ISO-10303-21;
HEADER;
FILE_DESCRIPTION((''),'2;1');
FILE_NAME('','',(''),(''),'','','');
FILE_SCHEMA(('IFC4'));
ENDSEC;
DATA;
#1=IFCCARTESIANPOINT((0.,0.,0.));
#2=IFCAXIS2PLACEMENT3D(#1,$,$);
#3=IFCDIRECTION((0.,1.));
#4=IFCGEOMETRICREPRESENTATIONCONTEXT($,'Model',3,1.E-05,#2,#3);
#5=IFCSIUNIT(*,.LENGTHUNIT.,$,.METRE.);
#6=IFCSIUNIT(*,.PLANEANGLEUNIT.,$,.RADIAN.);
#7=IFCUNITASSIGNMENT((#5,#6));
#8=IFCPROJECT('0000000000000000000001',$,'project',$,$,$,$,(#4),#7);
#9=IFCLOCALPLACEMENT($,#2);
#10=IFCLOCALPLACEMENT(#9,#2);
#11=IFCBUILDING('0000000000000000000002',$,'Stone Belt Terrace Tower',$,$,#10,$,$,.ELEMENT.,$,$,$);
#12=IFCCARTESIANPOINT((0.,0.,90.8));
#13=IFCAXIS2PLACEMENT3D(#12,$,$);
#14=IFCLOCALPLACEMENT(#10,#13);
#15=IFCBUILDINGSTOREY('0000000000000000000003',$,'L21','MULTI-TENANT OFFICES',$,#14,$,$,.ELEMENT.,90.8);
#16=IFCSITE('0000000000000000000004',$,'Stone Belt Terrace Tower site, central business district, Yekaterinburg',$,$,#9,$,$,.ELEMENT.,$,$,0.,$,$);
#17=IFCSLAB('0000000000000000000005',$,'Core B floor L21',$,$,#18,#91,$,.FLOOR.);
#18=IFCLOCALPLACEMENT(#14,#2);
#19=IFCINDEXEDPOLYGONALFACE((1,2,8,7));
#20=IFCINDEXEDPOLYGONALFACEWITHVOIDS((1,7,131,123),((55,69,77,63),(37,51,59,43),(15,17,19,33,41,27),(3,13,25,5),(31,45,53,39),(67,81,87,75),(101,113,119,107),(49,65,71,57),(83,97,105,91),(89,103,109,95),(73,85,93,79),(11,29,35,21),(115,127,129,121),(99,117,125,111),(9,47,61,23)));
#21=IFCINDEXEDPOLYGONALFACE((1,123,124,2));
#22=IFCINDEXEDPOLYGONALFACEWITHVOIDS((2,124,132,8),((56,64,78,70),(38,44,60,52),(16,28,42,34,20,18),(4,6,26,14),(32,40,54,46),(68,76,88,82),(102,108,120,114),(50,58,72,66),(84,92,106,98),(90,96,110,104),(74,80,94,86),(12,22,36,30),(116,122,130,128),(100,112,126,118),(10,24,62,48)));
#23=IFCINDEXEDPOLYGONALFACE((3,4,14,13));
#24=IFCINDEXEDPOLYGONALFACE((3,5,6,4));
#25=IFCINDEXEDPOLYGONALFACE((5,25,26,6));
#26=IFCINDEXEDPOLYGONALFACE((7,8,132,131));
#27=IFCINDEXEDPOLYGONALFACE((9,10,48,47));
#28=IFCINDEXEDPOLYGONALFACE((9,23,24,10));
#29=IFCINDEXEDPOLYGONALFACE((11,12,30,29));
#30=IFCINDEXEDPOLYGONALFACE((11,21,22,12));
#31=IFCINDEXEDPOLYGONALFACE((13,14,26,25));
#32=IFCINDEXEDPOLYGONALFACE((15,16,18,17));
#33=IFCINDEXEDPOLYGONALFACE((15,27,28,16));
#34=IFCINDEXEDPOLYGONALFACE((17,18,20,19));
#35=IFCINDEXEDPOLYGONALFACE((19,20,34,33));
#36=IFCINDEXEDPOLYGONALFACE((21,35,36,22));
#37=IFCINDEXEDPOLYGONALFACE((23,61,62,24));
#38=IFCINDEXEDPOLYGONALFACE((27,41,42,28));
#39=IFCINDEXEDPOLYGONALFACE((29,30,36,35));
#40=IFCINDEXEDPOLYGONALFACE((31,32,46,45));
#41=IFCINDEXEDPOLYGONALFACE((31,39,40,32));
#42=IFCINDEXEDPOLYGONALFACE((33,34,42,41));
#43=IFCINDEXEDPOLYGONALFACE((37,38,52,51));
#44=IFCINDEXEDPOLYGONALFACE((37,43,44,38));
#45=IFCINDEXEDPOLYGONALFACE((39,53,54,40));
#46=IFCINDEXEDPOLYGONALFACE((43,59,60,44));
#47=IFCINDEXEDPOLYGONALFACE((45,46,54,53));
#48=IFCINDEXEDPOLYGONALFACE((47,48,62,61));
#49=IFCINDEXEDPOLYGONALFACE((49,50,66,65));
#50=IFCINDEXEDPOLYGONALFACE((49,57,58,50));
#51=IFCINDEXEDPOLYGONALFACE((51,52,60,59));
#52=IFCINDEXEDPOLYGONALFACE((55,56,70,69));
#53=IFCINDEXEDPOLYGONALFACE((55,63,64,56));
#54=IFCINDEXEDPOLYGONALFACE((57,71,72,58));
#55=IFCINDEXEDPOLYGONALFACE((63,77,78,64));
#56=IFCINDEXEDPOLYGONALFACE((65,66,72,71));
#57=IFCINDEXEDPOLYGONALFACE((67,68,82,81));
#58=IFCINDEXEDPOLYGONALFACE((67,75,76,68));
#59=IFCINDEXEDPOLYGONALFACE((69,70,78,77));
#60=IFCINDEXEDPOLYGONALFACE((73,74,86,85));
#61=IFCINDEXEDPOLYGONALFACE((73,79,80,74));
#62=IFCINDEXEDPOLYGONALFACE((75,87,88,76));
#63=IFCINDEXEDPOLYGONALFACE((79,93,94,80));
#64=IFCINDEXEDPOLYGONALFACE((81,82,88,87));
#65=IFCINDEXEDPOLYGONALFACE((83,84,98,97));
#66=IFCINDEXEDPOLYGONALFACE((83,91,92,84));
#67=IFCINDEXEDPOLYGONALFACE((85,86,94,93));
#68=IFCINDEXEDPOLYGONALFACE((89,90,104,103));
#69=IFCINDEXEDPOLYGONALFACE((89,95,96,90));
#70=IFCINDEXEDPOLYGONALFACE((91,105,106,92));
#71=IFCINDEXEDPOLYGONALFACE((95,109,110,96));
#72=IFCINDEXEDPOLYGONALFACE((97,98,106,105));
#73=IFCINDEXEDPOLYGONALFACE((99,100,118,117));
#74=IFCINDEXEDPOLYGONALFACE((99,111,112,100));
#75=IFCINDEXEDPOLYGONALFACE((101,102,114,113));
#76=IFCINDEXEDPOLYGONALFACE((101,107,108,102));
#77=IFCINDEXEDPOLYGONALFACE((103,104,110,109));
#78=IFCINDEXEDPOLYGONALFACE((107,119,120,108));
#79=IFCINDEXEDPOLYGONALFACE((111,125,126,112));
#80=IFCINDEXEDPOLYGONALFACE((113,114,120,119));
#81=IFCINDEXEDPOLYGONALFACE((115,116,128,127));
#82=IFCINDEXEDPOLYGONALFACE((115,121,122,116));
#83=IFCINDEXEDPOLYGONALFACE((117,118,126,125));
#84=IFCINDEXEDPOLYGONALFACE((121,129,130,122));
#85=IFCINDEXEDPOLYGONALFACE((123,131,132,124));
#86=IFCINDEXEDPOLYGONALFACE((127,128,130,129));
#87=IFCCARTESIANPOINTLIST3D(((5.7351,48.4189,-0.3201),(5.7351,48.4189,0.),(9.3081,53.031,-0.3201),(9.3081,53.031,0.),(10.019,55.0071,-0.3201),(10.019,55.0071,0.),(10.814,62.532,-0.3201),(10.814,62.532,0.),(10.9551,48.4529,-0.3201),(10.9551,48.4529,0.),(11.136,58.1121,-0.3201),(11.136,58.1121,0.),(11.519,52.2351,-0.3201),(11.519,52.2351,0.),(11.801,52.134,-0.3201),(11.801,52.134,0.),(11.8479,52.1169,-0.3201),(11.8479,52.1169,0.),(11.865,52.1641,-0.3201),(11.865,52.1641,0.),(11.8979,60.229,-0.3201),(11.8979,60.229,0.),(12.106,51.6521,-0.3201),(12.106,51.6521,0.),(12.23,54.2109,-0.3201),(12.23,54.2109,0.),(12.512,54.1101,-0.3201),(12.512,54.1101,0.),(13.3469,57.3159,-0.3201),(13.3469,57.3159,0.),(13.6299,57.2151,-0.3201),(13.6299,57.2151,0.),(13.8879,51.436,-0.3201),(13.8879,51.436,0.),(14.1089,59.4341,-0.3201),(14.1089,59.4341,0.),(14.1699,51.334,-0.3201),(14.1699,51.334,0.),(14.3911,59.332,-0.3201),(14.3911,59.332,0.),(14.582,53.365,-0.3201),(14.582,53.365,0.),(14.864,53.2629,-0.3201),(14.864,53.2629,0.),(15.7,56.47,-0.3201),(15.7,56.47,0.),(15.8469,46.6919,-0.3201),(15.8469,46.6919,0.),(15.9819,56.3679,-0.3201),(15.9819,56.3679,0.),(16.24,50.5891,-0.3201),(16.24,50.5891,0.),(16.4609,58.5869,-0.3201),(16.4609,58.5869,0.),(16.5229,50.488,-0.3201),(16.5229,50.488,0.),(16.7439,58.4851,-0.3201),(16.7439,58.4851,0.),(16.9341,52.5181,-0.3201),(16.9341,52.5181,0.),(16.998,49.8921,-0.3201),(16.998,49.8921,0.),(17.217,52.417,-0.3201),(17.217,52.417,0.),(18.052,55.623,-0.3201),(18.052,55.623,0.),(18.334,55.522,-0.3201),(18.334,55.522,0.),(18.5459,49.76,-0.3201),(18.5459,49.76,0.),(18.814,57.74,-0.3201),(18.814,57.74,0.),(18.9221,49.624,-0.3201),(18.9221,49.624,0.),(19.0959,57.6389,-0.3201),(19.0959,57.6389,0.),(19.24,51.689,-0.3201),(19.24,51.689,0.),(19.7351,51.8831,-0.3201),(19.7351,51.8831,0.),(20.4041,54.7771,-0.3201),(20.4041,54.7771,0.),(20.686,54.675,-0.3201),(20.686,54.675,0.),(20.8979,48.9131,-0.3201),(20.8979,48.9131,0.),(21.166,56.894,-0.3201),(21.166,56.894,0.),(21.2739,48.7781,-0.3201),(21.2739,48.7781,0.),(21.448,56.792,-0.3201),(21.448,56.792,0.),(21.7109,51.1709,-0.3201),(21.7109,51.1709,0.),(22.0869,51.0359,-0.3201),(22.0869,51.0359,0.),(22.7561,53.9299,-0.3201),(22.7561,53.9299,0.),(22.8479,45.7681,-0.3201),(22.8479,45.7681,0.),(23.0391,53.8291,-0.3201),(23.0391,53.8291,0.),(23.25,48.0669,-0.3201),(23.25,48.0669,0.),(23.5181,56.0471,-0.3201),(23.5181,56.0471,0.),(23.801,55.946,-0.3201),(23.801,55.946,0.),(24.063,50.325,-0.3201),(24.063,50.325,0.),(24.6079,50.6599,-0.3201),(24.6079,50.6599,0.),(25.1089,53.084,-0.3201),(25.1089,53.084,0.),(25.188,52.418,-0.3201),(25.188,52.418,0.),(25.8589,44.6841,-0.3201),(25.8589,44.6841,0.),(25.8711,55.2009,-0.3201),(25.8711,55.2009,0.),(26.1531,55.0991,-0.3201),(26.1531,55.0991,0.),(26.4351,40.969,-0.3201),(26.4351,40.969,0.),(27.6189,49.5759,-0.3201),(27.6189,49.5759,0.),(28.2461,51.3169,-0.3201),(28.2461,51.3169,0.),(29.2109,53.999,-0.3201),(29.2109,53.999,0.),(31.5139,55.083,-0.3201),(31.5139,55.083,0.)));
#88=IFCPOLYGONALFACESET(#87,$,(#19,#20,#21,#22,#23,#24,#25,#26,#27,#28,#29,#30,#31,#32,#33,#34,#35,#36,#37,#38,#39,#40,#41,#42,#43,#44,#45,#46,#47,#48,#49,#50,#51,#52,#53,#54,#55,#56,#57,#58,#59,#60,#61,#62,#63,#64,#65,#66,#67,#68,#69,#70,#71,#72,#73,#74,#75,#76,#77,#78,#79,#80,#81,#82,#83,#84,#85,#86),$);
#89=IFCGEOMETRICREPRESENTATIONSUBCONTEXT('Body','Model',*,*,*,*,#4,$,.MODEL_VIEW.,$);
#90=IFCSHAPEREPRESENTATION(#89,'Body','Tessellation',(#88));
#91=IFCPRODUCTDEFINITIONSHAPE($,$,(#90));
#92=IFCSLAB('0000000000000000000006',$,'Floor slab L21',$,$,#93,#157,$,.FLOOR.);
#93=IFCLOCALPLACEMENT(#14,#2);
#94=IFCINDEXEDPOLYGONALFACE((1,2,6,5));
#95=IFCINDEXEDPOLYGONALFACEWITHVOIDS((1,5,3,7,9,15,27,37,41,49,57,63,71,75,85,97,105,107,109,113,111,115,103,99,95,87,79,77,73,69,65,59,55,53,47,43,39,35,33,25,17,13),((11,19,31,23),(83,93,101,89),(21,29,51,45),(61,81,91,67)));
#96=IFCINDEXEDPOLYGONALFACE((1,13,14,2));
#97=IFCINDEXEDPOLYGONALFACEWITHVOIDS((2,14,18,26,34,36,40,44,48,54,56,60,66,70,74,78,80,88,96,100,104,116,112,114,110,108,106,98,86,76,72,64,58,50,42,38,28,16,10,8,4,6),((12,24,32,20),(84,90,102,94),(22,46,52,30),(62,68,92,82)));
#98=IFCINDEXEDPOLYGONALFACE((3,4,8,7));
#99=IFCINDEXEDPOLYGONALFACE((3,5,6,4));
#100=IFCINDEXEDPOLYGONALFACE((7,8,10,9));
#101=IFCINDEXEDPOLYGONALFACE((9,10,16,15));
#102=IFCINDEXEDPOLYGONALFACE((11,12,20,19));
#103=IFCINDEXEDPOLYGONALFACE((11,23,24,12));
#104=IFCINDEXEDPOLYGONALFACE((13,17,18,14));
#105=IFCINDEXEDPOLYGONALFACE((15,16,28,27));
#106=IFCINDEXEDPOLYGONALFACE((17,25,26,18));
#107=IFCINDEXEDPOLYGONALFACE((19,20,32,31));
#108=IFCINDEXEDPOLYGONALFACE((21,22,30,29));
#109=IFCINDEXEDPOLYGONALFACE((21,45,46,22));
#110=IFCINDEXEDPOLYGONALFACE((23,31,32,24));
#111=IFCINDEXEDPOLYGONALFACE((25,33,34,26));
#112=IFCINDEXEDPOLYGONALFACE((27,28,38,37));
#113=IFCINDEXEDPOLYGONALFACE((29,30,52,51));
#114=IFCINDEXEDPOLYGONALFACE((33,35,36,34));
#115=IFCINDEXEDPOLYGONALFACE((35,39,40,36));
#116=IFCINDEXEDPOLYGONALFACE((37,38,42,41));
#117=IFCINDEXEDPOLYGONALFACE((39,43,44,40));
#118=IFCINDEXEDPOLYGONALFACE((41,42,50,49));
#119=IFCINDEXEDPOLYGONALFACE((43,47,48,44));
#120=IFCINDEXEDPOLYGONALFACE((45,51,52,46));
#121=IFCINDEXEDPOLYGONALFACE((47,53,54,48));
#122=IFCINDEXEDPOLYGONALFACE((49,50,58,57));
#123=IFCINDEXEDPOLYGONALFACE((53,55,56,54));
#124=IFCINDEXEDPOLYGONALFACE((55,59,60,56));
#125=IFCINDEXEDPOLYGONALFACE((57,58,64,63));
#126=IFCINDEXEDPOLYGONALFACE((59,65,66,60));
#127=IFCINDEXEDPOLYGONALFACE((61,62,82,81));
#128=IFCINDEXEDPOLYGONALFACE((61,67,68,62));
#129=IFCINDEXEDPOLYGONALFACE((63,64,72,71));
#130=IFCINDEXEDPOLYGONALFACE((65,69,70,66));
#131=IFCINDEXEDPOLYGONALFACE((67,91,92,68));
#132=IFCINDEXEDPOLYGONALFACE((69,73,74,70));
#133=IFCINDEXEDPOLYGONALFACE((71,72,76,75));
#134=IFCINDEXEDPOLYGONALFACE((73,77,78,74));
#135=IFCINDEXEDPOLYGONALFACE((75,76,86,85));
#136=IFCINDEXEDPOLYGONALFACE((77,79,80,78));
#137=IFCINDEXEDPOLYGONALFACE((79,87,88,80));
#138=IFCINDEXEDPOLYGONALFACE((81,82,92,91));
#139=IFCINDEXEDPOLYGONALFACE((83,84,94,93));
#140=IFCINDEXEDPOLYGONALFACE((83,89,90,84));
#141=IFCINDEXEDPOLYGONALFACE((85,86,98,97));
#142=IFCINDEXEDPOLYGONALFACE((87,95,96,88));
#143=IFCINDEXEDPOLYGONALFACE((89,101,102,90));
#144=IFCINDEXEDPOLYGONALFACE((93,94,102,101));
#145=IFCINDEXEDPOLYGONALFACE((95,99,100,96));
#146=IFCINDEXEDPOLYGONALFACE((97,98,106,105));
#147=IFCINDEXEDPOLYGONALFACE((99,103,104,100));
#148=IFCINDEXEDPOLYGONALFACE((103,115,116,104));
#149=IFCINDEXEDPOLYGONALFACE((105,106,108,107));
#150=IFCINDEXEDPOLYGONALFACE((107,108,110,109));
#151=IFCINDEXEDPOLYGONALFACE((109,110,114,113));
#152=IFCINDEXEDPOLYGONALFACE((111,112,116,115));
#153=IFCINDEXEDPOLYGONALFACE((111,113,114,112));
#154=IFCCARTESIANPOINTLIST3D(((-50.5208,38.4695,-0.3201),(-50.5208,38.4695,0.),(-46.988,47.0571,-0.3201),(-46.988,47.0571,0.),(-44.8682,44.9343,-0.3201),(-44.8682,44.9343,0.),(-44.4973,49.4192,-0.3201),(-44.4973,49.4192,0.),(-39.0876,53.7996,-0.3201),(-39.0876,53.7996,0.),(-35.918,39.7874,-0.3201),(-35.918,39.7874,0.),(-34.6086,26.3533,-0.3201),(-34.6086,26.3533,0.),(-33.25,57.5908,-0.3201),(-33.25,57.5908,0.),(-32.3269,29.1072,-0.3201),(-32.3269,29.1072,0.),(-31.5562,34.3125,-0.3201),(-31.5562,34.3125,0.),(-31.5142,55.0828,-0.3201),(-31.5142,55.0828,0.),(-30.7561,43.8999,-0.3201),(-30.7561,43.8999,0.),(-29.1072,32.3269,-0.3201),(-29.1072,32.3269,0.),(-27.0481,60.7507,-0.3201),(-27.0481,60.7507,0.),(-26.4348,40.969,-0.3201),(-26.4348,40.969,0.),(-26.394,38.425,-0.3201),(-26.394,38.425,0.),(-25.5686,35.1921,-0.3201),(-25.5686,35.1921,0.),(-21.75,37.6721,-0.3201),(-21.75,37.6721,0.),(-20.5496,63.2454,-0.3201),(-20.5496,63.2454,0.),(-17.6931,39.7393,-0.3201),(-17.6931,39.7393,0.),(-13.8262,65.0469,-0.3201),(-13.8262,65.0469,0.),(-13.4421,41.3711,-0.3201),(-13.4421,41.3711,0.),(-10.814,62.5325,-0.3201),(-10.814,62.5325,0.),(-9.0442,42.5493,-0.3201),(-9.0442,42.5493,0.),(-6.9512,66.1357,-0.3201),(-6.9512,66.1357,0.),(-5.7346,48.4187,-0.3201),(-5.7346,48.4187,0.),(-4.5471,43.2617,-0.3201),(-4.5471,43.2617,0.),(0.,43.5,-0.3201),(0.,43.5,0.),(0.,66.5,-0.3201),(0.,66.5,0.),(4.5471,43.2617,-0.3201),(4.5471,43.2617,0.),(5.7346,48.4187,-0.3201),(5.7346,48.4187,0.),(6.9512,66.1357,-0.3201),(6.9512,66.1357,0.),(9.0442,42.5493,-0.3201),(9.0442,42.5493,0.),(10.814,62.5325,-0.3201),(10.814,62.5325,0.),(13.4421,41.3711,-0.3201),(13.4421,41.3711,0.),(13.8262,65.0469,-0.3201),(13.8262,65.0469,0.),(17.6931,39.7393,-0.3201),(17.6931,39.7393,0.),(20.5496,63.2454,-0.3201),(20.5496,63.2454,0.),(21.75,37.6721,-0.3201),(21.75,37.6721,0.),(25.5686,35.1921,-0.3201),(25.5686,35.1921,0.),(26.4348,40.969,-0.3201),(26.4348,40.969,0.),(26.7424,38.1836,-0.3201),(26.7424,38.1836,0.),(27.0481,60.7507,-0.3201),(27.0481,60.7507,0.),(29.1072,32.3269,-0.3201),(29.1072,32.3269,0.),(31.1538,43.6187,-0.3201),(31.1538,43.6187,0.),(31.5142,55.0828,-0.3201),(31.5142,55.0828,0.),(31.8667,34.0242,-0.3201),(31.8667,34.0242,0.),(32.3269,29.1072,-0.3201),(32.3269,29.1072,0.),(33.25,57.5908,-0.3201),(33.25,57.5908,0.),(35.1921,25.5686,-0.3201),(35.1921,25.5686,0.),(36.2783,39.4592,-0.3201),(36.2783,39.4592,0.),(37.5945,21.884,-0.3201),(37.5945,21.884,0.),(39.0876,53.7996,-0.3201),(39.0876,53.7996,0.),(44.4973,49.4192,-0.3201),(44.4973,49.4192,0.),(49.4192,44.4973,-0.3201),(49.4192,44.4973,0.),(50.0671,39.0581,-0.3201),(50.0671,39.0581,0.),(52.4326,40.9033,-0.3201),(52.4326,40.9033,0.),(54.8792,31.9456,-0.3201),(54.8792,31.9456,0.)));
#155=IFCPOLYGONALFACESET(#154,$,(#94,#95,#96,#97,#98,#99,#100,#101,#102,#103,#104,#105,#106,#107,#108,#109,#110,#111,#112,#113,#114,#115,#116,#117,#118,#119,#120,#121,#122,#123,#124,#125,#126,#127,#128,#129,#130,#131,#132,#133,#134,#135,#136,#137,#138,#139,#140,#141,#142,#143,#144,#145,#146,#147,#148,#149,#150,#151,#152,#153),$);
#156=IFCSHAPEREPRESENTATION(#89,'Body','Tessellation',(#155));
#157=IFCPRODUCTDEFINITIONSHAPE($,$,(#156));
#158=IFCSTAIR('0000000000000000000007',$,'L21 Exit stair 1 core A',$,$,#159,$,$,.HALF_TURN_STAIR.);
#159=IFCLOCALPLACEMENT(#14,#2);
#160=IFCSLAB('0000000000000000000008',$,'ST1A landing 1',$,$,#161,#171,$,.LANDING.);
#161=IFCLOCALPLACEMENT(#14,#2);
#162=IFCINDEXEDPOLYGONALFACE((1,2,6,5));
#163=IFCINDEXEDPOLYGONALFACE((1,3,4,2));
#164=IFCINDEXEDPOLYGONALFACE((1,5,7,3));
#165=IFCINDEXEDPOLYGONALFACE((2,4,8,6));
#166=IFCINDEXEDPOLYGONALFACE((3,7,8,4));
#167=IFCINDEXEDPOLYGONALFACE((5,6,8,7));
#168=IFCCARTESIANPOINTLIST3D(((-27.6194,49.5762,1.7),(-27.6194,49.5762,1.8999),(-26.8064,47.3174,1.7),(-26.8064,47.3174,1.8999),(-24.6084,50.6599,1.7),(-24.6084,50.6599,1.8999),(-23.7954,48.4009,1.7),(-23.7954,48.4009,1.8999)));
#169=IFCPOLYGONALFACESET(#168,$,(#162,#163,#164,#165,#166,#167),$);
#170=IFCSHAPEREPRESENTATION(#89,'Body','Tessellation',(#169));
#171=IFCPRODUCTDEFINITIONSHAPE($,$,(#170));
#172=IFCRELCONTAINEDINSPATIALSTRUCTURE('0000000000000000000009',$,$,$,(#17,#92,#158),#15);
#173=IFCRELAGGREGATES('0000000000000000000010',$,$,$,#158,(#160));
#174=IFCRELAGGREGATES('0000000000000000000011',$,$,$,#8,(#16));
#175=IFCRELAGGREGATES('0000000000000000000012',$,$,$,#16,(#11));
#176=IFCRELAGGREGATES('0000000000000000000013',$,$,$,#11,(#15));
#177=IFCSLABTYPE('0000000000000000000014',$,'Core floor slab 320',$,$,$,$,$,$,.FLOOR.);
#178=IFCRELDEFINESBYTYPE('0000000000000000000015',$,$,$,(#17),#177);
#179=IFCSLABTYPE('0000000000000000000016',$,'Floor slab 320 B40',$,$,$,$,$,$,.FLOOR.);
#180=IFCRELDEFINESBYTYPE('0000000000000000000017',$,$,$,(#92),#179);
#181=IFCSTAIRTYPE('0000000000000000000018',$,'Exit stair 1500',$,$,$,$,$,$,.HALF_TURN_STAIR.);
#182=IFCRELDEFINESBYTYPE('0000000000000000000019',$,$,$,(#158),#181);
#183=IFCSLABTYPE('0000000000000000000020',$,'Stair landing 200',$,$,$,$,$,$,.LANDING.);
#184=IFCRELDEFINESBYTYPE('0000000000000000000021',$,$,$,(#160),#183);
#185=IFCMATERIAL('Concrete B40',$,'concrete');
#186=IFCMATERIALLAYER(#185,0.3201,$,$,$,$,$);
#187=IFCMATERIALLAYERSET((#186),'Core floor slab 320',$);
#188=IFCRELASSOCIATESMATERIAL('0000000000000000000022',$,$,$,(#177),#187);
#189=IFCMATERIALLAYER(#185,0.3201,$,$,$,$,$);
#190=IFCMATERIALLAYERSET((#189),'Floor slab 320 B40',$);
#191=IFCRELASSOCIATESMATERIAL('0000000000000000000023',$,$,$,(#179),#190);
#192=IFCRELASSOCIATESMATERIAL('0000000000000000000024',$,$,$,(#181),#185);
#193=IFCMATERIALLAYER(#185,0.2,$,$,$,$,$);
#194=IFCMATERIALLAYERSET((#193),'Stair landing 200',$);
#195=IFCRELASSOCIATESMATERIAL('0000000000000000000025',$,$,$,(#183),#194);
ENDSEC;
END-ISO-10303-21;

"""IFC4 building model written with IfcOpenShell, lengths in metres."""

from ifc_helpers import new_model, si_unit, direction, frame, origin, place, context, subcontext, project, spatial, polyline, outline, extrude, material, layer, layer_set, type_object, element, aggregate, save


model = new_model("IFC4")

# Units and contexts
model_context = context("Model", 3, precision=1e-05, world=origin(), true_north=direction((0.0, 1.0)))
body_context = subcontext(model_context, "Body", "Model", "MODEL_VIEW")
ifc_project = project(units=[si_unit("LENGTHUNIT", "METRE"), si_unit("PLANEANGLEUNIT", "RADIAN")], contexts=[model_context])

# Site, building, storey
site_placement = place(None, origin())
site = spatial("IfcSite", under=ifc_project, at=site_placement, Name="Stone Belt Terrace Tower site, central business district, Yekaterinburg", CompositionType="ELEMENT", RefElevation=0.0)
building_placement = place(site_placement, origin())
building = spatial("IfcBuilding", under=site, at=building_placement, Name="Stone Belt Terrace Tower", CompositionType="ELEMENT")
storey_placement = place(building_placement, frame((0.0, 0.0, 90.8)))
storey = spatial("IfcBuildingStorey", under=building, at=storey_placement, Name="L21", Description="MULTI-TENANT OFFICES", CompositionType="ELEMENT", Elevation=90.8)

# Slabs
ifc_material_1 = material(Name="Concrete B40", Category="concrete")
ifc_layer_1 = layer(ifc_material_1, 0.3201)
ifc_layer_set_1 = layer_set([ifc_layer_1], Name="Core floor slab 320")
slab_type_1 = type_object("IfcSlabType", Name="Core floor slab 320", PredefinedType="FLOOR", material=ifc_layer_set_1)
slab_1_placement = place(storey_placement, frame((0.0, 0.0, -0.3201)))
element("IfcSlab", 1, at=slab_1_placement, inside=storey, type_object=slab_type_1, Name="Core B floor L21", PredefinedType="FLOOR", context=body_context, shape_type="SweptSolid", body=[
    extrude(outline(polyline([(26.4351, 40.969), (31.5139, 55.083), (10.814, 62.532), (5.7351, 48.4189), (26.4351, 40.969)]), holes=[polyline([(12.106, 51.6521), (16.998, 49.8921), (15.8469, 46.6919), (10.9551, 48.4529), (12.106, 51.6521)]), polyline([(19.24, 51.689), (18.5459, 49.76), (16.5229, 50.488), (17.217, 52.417), (19.24, 51.689)]), polyline([(16.24, 50.5891), (14.1699, 51.334), (14.864, 53.2629), (16.9341, 52.5181), (16.24, 50.5891)]), polyline([(14.582, 53.365), (13.8879, 51.436), (11.865, 52.1641), (11.8479, 52.1169), (11.801, 52.134), (12.512, 54.1101), (14.582, 53.365)]), polyline([(9.3081, 53.031), (10.019, 55.0071), (12.23, 54.2109), (11.519, 52.2351), (9.3081, 53.031)]), polyline([(16.7439, 58.4851), (18.814, 57.74), (18.052, 55.623), (15.9819, 56.3679), (16.7439, 58.4851)]), polyline([(14.3911, 59.332), (16.4609, 58.5869), (15.7, 56.47), (13.6299, 57.2151), (14.3911, 59.332)]), polyline([(11.8979, 60.229), (14.1089, 59.4341), (13.3469, 57.3159), (11.136, 58.1121), (11.8979, 60.229)]), polyline([(25.8589, 44.6841), (22.8479, 45.7681), (24.6079, 50.6599), (27.6189, 49.5759), (25.8589, 44.6841)]), polyline([(21.2739, 48.7781), (22.0869, 51.0359), (24.063, 50.325), (23.25, 48.0669), (21.2739, 48.7781)]), polyline([(18.9221, 49.624), (19.7351, 51.8831), (21.7109, 51.1709), (20.8979, 48.9131), (18.9221, 49.624)]), polyline([(29.2109, 53.999), (28.2461, 51.3169), (25.188, 52.418), (26.1531, 55.0991), (29.2109, 53.999)]), polyline([(23.801, 55.946), (25.8711, 55.2009), (25.1089, 53.084), (23.0391, 53.8291), (23.801, 55.946)]), polyline([(21.448, 56.792), (23.5181, 56.0471), (22.7561, 53.9299), (20.686, 54.675), (21.448, 56.792)]), polyline([(19.0959, 57.6389), (21.166, 56.894), (20.4041, 54.7771), (18.334, 55.522), (19.0959, 57.6389)])]), origin(), (0.0, 0.0, 1.0), 0.3201),
])
ifc_layer_2 = layer(ifc_material_1, 0.3201)
ifc_layer_set_2 = layer_set([ifc_layer_2], Name="Floor slab 320 B40")
slab_type_2 = type_object("IfcSlabType", Name="Floor slab 320 B40", PredefinedType="FLOOR", material=ifc_layer_set_2)
slab_2_placement = place(storey_placement, frame((0.0, 0.0, -0.3201)))
element("IfcSlab", 2, at=slab_2_placement, inside=storey, type_object=slab_type_2, Name="Floor slab L21", PredefinedType="FLOOR", context=body_context, shape_type="SweptSolid", body=[
    extrude(outline(polyline([(-44.4973, 49.4192), (-39.0876, 53.7996), (-33.25, 57.5908), (-27.0481, 60.7507), (-20.5496, 63.2454), (-13.8262, 65.0469), (-6.9512, 66.1357), (0.0, 66.5), (6.9512, 66.1357), (13.8262, 65.0469), (20.5496, 63.2454), (27.0481, 60.7507), (33.25, 57.5908), (39.0876, 53.7996), (44.4973, 49.4192), (49.4192, 44.4973), (52.4326, 40.9033), (50.0671, 39.0581), (54.8792, 31.9456), (37.5945, 21.884), (35.1921, 25.5686), (32.3269, 29.1072), (29.1072, 32.3269), (25.5686, 35.1921), (21.75, 37.6721), (17.6931, 39.7393), (13.4421, 41.3711), (9.0442, 42.5493), (4.5471, 43.2617), (0.0, 43.5), (-4.5471, 43.2617), (-9.0442, 42.5493), (-13.4421, 41.3711), (-17.6931, 39.7393), (-21.75, 37.6721), (-25.5686, 35.1921), (-29.1072, 32.3269), (-32.3269, 29.1072), (-34.6086, 26.3533), (-50.5208, 38.4695), (-44.8682, 44.9343), (-46.988, 47.0571), (-44.4973, 49.4192)]), holes=[polyline([(-26.4348, 40.969), (-5.7346, 48.4187), (-10.814, 62.5325), (-31.5142, 55.0828), (-26.4348, 40.969)]), polyline([(10.814, 62.5325), (5.7346, 48.4187), (26.4348, 40.969), (31.5142, 55.0828), (10.814, 62.5325)]), polyline([(-35.918, 39.7874), (-31.5562, 34.3125), (-26.394, 38.425), (-30.7561, 43.8999), (-35.918, 39.7874)]), polyline([(36.2783, 39.4592), (31.1538, 43.6187), (26.7424, 38.1836), (31.8667, 34.0242), (36.2783, 39.4592)])]), origin(), (0.0, 0.0, 1.0), 0.3201),
])

# Stair, slab
stair_type = type_object("IfcStairType", Name="Exit stair 1500", PredefinedType="HALF_TURN_STAIR", material=ifc_material_1)
stair_1_placement = place(storey_placement, origin())
stair_1 = element("IfcStair", 3, at=stair_1_placement, inside=storey, type_object=stair_type, Name="L21 Exit stair 1 core A", PredefinedType="HALF_TURN_STAIR")
ifc_layer_3 = layer(ifc_material_1, 0.2)
ifc_layer_set_3 = layer_set([ifc_layer_3], Name="Stair landing 200")
slab_type_3 = type_object("IfcSlabType", Name="Stair landing 200", PredefinedType="LANDING", material=ifc_layer_set_3)
slab_3_placement = place(storey_placement, frame((0.0, 0.0, 1.7)))
slab_3 = element("IfcSlab", 4, at=slab_3_placement, type_object=slab_type_3, Name="ST1A landing 1", PredefinedType="LANDING", context=body_context, shape_type="SweptSolid", body=[
    extrude(outline(polyline([(-23.7954, 48.4009), (-24.6084, 50.6599), (-27.6194, 49.5762), (-26.8064, 47.3174), (-23.7954, 48.4009)])), origin(), (0.0, 0.0, 1.0), 0.2),
])
aggregate(stair_1, [slab_3])

save(model, "model.ifc")
